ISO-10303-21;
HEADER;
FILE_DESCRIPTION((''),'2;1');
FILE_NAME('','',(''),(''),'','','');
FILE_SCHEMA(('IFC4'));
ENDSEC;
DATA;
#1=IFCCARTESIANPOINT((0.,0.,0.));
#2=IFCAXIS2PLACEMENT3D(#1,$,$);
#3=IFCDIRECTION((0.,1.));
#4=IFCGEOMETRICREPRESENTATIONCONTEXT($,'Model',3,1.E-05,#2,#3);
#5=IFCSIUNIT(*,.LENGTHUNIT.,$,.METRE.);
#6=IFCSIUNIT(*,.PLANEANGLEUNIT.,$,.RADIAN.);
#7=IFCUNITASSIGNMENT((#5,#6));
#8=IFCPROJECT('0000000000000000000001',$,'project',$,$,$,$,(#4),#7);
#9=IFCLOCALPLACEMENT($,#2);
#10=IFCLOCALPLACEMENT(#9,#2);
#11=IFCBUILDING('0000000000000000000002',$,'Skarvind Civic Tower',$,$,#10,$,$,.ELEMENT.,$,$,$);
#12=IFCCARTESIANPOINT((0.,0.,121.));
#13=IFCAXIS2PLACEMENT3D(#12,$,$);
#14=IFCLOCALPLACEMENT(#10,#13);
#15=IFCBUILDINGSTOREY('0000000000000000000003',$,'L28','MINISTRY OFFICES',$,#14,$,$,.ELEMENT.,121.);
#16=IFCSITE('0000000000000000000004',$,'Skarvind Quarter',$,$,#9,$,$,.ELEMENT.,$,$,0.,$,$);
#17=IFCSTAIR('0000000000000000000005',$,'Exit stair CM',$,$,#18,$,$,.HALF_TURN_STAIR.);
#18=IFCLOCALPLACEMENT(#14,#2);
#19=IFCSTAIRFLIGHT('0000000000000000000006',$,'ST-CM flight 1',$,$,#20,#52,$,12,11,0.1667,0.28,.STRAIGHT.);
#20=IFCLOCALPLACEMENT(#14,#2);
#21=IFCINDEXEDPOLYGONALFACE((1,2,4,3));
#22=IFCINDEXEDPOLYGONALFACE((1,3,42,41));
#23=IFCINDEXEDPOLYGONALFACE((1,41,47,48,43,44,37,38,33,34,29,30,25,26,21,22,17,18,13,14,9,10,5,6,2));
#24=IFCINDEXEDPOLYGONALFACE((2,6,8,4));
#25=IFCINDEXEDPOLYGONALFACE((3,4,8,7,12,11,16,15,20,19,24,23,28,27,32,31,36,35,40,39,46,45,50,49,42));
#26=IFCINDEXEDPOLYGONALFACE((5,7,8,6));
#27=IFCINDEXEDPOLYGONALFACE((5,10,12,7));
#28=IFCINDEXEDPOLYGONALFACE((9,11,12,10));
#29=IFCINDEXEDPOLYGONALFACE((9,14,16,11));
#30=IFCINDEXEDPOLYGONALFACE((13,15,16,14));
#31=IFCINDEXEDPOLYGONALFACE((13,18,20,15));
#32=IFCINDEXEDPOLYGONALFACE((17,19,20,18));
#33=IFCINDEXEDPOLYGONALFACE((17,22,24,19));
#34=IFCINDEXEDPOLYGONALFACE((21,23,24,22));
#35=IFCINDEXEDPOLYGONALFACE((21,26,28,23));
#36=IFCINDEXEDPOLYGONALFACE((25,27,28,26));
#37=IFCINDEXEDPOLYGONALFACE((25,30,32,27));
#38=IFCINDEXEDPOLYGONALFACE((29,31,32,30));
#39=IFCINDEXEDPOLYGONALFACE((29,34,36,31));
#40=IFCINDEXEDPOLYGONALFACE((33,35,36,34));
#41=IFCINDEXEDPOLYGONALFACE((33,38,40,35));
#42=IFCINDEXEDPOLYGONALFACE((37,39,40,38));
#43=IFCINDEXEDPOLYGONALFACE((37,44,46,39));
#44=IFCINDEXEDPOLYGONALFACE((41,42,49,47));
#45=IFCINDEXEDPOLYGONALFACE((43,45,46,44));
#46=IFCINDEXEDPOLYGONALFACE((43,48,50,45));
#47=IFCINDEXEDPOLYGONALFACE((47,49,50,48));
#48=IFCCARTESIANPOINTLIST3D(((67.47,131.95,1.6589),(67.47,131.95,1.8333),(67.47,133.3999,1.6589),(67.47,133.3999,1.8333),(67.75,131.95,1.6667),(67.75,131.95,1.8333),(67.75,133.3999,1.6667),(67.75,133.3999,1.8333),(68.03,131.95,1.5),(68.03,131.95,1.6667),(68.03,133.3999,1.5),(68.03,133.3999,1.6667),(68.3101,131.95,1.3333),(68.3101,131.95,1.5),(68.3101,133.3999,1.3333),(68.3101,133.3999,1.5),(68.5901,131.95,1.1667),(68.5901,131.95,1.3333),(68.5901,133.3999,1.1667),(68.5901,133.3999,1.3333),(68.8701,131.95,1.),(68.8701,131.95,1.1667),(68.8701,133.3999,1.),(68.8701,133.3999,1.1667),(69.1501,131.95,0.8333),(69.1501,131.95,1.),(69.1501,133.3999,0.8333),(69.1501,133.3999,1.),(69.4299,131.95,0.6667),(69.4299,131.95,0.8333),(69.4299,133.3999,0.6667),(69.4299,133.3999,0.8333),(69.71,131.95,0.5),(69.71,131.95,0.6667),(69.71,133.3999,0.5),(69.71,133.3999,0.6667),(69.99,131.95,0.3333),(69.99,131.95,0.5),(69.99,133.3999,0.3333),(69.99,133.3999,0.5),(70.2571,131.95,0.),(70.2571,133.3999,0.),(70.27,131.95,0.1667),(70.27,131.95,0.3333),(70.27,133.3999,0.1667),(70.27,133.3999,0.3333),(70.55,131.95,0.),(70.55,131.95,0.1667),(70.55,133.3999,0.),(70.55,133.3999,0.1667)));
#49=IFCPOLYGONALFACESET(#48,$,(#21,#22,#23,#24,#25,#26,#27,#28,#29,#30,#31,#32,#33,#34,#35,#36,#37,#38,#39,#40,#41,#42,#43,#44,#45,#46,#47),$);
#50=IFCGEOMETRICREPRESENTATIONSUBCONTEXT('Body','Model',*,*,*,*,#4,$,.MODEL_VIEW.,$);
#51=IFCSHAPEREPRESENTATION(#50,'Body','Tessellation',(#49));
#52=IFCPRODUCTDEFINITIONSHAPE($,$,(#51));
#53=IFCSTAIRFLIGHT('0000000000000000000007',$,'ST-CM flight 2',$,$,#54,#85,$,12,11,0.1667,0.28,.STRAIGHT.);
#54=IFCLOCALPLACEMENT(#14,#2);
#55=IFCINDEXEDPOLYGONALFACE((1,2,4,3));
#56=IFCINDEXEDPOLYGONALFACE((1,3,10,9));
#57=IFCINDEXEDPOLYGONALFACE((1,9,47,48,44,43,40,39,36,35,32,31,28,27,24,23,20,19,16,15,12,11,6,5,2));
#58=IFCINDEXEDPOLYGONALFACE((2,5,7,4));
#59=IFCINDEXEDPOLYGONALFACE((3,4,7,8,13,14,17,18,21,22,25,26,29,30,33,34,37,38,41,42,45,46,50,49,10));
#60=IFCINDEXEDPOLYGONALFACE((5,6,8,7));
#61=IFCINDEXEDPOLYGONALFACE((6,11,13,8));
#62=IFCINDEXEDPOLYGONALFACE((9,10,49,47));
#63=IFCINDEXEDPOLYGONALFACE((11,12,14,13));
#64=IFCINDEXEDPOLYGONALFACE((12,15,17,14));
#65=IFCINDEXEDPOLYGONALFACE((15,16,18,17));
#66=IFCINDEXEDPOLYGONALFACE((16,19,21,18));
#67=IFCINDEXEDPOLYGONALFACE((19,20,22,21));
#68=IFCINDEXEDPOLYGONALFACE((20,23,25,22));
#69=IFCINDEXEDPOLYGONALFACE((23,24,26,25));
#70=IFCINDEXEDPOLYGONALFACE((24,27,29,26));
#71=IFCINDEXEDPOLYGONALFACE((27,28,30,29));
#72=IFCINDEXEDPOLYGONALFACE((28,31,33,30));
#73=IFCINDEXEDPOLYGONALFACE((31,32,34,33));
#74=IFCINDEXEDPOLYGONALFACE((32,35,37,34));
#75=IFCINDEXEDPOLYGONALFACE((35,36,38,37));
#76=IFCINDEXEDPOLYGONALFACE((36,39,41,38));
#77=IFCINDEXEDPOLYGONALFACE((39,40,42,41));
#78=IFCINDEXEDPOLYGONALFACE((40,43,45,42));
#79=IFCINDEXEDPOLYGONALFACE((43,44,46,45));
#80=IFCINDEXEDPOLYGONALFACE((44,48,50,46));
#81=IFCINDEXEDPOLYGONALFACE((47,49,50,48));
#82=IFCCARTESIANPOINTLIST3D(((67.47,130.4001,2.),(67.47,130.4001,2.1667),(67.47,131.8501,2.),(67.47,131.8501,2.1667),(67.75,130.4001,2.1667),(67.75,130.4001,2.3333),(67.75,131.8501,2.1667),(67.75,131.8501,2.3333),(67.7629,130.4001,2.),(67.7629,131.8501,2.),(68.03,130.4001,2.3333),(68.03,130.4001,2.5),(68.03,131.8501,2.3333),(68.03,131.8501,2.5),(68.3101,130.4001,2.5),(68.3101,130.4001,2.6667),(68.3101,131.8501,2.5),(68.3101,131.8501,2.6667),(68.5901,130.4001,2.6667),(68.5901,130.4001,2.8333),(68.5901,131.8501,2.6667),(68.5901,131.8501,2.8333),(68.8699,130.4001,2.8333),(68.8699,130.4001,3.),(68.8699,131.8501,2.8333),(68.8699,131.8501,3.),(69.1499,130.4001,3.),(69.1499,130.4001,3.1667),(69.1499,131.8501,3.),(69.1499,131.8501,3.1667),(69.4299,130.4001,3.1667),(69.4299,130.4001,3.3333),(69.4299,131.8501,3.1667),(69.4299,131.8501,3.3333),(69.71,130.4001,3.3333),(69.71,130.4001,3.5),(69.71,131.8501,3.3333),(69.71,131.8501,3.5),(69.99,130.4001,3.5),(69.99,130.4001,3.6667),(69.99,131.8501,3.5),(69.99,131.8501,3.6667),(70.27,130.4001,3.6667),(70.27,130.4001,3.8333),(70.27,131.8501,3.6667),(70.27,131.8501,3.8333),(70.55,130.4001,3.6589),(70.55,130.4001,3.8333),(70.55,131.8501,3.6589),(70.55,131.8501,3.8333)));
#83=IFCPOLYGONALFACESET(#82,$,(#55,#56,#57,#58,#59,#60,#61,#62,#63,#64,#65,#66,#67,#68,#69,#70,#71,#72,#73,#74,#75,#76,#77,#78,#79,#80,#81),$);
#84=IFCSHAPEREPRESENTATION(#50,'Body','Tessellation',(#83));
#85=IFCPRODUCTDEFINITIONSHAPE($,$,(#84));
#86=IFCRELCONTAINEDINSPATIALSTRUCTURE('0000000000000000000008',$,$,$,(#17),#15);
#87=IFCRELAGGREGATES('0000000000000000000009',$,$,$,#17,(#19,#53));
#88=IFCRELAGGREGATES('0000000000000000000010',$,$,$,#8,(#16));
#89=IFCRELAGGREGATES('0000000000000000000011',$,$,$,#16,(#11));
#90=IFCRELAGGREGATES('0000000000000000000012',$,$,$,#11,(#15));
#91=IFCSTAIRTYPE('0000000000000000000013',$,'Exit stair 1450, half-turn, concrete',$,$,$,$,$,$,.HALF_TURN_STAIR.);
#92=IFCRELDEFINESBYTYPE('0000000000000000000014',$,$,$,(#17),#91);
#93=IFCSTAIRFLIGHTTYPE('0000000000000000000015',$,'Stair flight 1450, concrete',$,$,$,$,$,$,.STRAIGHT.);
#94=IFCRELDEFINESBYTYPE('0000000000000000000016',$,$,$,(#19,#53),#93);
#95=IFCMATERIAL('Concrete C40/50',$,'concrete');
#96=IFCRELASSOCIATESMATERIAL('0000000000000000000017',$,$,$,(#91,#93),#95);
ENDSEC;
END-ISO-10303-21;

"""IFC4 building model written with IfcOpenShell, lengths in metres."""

from ifc_helpers import new_model, si_unit, direction, frame, origin, place, context, subcontext, project, spatial, polyline, outline, extrude, material, type_object, element, aggregate, save


model = new_model("IFC4")

# Units and contexts
model_context = context("Model", 3, precision=1e-05, world=origin(), true_north=direction((0.0, 1.0)))
body_context = subcontext(model_context, "Body", "Model", "MODEL_VIEW")
ifc_project = project(units=[si_unit("LENGTHUNIT", "METRE"), si_unit("PLANEANGLEUNIT", "RADIAN")], contexts=[model_context])

# Site, building, storey
site_placement = place(None, origin())
site = spatial("IfcSite", under=ifc_project, at=site_placement, Name="Skarvind Quarter", CompositionType="ELEMENT", RefElevation=0.0)
building_placement = place(site_placement, origin())
building = spatial("IfcBuilding", under=site, at=building_placement, Name="Skarvind Civic Tower", CompositionType="ELEMENT")
storey_placement = place(building_placement, frame((0.0, 0.0, 121.0)))
storey = spatial("IfcBuildingStorey", under=building, at=storey_placement, Name="L28", Description="MINISTRY OFFICES", CompositionType="ELEMENT", Elevation=121.0)

# Stair, stair flights
ifc_material_1 = material(Name="Concrete C40/50", Category="concrete")
stair_type = type_object("IfcStairType", Name="Exit stair 1450, half-turn, concrete", PredefinedType="HALF_TURN_STAIR", material=ifc_material_1)
stair_placement = place(storey_placement, origin())
stair = element("IfcStair", 1, at=stair_placement, inside=storey, type_object=stair_type, Name="Exit stair CM", PredefinedType="HALF_TURN_STAIR")
stair_flight_type = type_object("IfcStairFlightType", Name="Stair flight 1450, concrete", PredefinedType="STRAIGHT", material=ifc_material_1)
stair_flight_1_placement = place(storey_placement, frame((70.55, 132.675, 0.0), z_axis=(0.0, 0.0, 1.0), x_axis=(-1.0, 0.0, 0.0)))
stair_flight_1 = element("IfcStairFlight", 2, at=stair_flight_1_placement, type_object=stair_flight_type, Name="ST-CM flight 1", NumberOfRisers=12, NumberOfTreads=11, PredefinedType="STRAIGHT", RiserHeight=0.1667, TreadLength=0.28, context=body_context, shape_type="SweptSolid", body=[
    extrude(outline(polyline([(0.0, 0.0), (0.0, 0.1667), (0.28, 0.1667), (0.28, 0.3333), (0.5601, 0.3333), (0.5601, 0.5), (0.8401, 0.5), (0.8401, 0.6667), (1.1201, 0.6667), (1.1201, 0.8333), (1.3999, 0.8333), (1.3999, 1.0), (1.6799, 1.0), (1.6799, 1.1667), (1.96, 1.1667), (1.96, 1.3333), (2.24, 1.3333), (2.24, 1.5), (2.52, 1.5), (2.52, 1.6667), (2.8, 1.6667), (2.8, 1.8333), (3.0801, 1.8333), (3.0801, 2.0), (3.0801, 1.6589), (0.293, 0.0), (0.0, 0.0)])), frame((0.0, 0.7251, 0.0), z_axis=(0.0, -1.0, 0.0), x_axis=(1.0, 0.0, 0.0)), (0.0, 0.0, 1.0), 1.45),
])
stair_flight_2_placement = place(storey_placement, frame((67.47, 131.125, 2.0), z_axis=(0.0, 0.0, 1.0), x_axis=(1.0, 0.0, 0.0)))
stair_flight_2 = element("IfcStairFlight", 3, at=stair_flight_2_placement, type_object=stair_flight_type, Name="ST-CM flight 2", NumberOfRisers=12, NumberOfTreads=11, PredefinedType="STRAIGHT", RiserHeight=0.1667, TreadLength=0.28, context=body_context, shape_type="SweptSolid", body=[
    extrude(outline(polyline([(0.0, 0.0), (0.0, 0.1667), (0.28, 0.1667), (0.28, 0.3333), (0.5601, 0.3333), (0.5601, 0.5), (0.8401, 0.5), (0.8401, 0.6667), (1.1201, 0.6667), (1.1201, 0.8333), (1.3999, 0.8333), (1.3999, 1.0), (1.6799, 1.0), (1.6799, 1.1667), (1.96, 1.1667), (1.96, 1.3333), (2.24, 1.3333), (2.24, 1.5), (2.52, 1.5), (2.52, 1.6667), (2.8, 1.6667), (2.8, 1.8333), (3.0801, 1.8333), (3.0801, 2.0), (3.0801, 1.6589), (0.293, 0.0), (0.0, 0.0)])), frame((0.0, 0.7251, 0.0), z_axis=(0.0, -1.0, 0.0), x_axis=(1.0, 0.0, 0.0)), (0.0, 0.0, 1.0), 1.45),
])
aggregate(stair, [stair_flight_1, stair_flight_2])

save(model, "model.ifc")
